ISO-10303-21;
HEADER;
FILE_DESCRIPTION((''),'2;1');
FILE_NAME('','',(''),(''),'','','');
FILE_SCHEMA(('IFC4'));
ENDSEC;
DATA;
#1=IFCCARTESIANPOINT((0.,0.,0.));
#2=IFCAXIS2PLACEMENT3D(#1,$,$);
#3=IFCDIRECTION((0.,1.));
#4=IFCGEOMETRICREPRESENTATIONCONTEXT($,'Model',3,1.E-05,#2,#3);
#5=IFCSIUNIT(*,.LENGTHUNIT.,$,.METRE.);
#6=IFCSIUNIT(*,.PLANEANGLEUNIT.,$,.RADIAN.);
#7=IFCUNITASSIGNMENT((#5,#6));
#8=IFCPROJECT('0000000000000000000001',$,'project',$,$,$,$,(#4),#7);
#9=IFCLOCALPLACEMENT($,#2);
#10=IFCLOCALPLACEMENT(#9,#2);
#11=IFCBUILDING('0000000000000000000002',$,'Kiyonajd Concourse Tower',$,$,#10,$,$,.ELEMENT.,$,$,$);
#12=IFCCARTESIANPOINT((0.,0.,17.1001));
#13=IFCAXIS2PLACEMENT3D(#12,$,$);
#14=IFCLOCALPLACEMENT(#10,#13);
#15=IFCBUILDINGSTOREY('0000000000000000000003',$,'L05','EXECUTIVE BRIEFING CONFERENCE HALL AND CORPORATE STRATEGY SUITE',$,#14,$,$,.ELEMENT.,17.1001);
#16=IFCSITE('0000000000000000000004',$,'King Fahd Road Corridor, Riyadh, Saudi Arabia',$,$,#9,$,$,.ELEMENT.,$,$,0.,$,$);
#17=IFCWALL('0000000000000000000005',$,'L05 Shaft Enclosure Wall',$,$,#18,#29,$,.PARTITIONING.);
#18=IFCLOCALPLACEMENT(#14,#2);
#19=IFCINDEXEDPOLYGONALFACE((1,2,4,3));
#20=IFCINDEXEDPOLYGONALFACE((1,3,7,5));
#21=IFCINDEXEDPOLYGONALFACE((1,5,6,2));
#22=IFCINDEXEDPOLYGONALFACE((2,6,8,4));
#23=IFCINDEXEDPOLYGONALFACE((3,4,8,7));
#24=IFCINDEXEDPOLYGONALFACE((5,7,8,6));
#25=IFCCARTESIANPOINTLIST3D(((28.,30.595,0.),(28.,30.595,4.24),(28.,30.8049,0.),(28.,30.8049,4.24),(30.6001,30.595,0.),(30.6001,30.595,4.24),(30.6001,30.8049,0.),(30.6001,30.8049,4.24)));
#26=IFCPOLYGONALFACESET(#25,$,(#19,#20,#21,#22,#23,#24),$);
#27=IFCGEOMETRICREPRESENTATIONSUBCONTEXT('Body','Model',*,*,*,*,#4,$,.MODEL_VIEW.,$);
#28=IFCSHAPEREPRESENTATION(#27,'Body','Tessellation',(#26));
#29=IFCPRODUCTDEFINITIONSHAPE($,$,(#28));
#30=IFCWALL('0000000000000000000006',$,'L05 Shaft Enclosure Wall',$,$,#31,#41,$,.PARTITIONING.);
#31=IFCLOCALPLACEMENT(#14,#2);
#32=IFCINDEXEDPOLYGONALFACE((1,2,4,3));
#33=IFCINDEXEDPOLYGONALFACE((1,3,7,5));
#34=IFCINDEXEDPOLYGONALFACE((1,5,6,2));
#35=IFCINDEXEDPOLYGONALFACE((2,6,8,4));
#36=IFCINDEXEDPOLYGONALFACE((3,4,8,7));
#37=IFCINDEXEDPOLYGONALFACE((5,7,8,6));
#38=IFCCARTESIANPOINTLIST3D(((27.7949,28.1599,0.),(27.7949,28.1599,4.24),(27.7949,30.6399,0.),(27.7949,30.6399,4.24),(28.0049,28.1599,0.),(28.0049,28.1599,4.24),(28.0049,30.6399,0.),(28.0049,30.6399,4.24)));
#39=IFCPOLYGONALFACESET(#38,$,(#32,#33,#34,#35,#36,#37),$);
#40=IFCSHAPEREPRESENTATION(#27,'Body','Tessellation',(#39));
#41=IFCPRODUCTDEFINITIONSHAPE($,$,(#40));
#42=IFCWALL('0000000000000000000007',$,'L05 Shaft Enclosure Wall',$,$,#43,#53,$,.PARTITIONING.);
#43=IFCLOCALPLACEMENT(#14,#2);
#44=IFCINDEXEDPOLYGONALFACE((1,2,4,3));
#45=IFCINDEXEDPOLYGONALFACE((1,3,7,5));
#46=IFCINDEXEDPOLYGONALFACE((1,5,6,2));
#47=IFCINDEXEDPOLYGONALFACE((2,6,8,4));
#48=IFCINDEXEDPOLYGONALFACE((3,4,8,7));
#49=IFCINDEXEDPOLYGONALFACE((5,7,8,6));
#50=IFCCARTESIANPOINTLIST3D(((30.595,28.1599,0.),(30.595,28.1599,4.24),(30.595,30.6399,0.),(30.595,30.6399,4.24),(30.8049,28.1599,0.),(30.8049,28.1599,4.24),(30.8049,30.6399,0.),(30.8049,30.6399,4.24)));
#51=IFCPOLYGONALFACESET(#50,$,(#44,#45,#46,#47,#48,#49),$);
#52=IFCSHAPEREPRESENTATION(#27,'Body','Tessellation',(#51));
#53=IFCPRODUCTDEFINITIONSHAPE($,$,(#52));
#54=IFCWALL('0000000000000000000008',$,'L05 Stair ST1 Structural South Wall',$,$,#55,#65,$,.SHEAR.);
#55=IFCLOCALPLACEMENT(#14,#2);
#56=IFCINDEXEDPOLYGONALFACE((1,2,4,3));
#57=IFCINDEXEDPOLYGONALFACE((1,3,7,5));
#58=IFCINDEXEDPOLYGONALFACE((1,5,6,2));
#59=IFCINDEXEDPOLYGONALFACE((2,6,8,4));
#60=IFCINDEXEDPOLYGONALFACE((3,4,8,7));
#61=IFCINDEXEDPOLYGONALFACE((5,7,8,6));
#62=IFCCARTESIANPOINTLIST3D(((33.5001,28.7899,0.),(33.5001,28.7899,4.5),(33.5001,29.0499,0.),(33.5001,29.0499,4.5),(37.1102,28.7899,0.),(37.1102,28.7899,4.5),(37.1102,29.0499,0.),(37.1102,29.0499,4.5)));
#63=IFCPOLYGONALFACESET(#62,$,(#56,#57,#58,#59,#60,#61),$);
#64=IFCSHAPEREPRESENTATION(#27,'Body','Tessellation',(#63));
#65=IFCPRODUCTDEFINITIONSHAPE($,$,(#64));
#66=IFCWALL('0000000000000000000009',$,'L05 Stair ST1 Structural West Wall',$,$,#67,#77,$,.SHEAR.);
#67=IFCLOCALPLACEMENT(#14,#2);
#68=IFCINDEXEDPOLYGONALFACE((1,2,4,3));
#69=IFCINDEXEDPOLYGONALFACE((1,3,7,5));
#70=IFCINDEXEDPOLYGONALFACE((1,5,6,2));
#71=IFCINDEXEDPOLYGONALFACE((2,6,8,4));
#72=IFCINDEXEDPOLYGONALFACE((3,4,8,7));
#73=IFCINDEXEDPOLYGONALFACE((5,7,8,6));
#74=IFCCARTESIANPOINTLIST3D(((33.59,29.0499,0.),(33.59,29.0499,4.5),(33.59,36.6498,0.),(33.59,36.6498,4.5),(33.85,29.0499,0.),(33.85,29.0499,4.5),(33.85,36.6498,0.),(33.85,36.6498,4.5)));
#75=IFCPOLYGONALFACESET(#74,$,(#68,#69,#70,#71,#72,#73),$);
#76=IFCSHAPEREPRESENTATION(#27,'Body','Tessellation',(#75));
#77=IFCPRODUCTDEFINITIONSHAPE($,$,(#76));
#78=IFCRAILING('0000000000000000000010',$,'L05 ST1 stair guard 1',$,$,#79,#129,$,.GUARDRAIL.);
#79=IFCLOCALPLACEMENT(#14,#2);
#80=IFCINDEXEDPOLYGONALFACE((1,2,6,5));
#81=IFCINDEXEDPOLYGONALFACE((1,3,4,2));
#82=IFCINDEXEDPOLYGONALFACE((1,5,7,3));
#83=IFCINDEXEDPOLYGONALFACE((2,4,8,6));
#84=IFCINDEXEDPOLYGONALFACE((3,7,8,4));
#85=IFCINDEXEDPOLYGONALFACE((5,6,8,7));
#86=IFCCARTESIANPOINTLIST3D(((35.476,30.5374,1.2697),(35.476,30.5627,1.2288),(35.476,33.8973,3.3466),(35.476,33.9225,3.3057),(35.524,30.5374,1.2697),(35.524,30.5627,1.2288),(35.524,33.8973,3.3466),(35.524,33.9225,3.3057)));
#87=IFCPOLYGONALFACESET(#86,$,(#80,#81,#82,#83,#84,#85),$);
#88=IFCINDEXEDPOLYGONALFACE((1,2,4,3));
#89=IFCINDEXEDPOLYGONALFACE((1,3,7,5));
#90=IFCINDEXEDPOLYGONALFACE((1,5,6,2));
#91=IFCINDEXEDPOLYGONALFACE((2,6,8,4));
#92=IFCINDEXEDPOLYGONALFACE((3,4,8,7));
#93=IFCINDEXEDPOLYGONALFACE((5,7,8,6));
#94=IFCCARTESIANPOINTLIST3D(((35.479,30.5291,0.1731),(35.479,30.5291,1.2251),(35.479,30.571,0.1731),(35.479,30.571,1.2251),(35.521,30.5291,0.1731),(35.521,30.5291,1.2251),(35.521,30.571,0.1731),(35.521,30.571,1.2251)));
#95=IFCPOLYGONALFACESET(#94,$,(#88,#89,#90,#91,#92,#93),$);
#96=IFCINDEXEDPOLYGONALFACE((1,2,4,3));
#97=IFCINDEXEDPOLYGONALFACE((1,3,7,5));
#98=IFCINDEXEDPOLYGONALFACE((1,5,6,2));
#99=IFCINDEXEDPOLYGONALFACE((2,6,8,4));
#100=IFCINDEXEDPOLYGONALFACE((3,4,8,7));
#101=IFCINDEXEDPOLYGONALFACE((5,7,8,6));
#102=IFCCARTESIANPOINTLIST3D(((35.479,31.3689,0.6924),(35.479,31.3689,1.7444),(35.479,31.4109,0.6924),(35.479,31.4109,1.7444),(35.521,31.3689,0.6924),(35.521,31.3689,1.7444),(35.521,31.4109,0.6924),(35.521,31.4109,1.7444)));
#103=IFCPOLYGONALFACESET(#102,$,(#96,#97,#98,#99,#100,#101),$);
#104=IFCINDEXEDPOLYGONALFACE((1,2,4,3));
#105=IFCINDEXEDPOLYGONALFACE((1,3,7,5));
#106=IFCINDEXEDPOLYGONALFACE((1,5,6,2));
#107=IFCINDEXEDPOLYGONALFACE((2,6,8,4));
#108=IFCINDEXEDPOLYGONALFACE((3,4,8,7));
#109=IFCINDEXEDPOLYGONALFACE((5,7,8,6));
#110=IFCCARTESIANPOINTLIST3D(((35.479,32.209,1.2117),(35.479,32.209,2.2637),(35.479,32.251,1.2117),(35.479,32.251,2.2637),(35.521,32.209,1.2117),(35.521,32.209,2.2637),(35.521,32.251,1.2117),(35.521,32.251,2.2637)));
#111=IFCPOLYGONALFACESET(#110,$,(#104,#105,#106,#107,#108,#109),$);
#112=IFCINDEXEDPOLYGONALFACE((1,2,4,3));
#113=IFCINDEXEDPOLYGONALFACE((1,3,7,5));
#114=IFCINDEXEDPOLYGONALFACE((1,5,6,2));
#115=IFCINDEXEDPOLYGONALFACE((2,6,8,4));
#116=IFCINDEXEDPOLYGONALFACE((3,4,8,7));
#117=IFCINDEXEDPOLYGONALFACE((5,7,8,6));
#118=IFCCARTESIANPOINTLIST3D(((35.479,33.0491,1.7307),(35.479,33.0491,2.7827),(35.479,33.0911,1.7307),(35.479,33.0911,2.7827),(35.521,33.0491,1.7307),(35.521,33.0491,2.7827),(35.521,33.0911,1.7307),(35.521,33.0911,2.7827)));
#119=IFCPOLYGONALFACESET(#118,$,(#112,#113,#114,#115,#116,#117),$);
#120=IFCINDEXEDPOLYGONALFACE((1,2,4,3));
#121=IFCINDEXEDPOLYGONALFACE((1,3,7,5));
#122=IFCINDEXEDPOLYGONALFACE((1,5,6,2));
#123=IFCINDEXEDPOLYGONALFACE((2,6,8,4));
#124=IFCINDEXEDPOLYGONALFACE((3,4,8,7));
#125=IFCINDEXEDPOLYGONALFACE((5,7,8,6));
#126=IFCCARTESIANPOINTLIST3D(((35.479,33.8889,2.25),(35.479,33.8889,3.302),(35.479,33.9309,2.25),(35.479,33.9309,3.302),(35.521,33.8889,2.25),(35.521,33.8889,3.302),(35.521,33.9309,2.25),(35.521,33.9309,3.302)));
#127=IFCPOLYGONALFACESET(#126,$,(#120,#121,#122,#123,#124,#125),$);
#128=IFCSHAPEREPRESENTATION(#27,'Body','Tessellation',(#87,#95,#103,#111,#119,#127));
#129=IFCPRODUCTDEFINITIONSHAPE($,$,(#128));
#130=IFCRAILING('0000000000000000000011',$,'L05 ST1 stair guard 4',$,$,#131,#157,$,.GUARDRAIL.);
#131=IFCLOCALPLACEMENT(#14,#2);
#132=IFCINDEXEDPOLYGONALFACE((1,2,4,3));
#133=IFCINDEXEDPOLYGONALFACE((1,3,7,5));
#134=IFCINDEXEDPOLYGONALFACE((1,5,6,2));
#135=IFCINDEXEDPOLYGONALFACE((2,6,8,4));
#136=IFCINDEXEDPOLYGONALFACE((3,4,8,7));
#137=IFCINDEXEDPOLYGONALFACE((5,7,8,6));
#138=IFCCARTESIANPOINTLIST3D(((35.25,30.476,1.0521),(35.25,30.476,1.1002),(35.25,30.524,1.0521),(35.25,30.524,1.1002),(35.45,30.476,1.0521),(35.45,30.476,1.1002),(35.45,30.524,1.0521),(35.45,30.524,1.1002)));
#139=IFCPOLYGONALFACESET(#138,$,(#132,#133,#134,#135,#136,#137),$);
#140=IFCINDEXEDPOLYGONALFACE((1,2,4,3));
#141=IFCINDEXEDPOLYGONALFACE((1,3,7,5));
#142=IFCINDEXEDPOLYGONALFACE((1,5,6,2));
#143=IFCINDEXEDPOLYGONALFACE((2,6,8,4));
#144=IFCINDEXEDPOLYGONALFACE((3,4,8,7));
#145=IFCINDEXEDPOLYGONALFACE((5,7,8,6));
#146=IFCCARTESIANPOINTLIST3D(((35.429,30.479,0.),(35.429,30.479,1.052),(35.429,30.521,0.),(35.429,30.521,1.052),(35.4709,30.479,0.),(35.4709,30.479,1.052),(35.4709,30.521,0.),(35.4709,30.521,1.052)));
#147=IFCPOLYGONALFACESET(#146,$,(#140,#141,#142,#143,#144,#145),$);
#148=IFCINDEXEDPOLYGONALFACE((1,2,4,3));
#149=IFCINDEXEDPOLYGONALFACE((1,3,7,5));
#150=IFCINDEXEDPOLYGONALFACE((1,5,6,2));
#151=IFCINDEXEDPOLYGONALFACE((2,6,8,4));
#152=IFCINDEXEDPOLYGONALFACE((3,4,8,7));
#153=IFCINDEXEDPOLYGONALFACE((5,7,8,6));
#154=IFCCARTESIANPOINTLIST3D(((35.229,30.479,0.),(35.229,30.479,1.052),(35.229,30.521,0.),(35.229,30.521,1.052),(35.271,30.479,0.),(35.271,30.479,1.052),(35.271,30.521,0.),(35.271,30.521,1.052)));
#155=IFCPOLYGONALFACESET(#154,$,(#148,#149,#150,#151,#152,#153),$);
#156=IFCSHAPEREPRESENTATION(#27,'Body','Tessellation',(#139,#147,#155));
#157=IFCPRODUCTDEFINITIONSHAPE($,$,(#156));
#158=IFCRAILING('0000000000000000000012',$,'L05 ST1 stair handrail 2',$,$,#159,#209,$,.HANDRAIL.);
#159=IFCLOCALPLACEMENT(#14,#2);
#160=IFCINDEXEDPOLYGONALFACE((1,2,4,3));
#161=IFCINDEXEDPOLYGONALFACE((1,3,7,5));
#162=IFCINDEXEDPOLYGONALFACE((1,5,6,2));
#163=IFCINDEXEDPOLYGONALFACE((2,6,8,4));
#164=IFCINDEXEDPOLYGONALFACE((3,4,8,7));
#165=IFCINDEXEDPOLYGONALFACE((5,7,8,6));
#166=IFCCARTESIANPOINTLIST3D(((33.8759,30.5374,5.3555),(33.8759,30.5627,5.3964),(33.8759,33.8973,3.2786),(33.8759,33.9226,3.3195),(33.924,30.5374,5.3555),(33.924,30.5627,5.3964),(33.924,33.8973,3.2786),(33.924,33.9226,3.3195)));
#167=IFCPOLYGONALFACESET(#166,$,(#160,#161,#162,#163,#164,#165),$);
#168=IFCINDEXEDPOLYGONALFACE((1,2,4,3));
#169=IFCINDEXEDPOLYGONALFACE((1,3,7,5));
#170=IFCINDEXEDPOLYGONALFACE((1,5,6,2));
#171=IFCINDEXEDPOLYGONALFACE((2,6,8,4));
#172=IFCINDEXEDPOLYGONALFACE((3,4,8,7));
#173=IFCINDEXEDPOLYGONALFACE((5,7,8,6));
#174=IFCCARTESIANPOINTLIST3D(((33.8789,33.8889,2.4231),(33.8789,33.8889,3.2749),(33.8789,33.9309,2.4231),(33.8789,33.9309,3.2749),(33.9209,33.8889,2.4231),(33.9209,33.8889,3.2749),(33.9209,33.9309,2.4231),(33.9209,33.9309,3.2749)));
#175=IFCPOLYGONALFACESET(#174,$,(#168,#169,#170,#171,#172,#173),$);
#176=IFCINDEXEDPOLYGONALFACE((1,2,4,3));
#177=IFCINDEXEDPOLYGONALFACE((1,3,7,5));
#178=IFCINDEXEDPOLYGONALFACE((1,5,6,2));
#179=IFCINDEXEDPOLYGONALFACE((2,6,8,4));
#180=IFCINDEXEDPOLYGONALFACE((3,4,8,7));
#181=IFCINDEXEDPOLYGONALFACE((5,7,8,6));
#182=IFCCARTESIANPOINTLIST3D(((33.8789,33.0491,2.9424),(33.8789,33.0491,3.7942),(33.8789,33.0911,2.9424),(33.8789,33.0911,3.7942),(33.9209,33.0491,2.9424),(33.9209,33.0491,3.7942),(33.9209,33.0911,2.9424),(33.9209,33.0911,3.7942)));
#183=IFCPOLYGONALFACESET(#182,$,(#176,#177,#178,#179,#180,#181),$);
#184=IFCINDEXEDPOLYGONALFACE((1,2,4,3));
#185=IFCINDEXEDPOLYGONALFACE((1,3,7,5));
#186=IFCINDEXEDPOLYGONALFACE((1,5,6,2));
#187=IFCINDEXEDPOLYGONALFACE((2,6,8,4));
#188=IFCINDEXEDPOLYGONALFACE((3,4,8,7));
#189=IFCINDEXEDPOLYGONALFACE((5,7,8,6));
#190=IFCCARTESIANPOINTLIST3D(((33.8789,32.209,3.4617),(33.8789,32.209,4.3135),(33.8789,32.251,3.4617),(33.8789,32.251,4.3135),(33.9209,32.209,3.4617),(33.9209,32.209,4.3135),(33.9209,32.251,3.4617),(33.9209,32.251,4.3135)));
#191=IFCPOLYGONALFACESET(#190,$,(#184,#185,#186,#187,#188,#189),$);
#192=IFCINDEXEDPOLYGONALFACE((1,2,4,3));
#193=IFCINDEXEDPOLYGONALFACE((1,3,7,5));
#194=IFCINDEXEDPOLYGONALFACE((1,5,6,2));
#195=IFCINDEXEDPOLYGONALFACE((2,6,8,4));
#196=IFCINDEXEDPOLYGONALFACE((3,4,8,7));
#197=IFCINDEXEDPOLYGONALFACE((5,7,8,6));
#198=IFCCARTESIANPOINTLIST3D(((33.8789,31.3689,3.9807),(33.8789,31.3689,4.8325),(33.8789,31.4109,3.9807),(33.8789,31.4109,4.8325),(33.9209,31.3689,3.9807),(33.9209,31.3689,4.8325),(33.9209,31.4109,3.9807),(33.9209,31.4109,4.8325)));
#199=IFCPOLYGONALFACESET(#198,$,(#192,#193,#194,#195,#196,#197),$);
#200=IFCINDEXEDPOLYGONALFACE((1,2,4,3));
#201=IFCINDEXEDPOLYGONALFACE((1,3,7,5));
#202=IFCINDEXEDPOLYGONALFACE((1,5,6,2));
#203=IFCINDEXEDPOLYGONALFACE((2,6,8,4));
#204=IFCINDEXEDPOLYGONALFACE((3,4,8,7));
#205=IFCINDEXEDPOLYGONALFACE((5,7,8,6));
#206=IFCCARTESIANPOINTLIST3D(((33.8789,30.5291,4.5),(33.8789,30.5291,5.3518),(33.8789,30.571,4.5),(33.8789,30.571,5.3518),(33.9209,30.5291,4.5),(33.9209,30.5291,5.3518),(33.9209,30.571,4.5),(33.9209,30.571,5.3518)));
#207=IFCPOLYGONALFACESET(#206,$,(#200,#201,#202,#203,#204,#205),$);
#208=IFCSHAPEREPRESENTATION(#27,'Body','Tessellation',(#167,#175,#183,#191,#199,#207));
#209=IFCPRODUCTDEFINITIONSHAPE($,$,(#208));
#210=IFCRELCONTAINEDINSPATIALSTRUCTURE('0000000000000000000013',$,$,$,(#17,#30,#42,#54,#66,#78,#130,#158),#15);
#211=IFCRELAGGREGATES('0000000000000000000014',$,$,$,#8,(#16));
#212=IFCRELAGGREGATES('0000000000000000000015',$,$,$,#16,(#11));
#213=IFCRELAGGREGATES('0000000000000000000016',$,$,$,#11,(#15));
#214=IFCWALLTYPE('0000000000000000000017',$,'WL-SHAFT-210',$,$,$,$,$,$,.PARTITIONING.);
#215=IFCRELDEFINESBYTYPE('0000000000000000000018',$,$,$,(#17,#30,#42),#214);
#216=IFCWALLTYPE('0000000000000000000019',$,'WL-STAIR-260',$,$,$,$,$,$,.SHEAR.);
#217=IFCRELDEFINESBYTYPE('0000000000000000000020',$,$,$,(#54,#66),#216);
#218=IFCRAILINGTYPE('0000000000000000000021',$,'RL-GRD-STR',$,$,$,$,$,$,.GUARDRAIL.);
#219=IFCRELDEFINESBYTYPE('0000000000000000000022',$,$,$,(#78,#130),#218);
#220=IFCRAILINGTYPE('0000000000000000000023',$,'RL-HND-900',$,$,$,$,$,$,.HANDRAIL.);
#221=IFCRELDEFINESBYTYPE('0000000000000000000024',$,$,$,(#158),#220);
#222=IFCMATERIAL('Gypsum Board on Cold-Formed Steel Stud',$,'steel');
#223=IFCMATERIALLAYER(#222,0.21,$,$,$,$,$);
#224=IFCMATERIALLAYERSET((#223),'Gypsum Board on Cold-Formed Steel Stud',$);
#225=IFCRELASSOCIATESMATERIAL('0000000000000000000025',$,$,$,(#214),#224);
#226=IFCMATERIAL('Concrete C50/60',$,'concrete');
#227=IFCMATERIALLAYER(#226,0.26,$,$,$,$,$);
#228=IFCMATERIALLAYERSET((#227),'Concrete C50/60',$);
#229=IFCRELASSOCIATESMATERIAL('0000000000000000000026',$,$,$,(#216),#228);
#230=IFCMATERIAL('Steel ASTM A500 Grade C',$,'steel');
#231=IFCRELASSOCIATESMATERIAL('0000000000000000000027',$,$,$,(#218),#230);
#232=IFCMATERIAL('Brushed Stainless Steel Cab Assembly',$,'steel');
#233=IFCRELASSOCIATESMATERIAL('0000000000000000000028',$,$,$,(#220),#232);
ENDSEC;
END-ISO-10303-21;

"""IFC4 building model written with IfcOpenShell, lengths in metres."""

from ifc_helpers import new_model, si_unit, direction, frame, frame_2d, origin, origin_2d, place, context, subcontext, project, spatial, rectangle, extrude, material, layer, layer_set, type_object, element, save


model = new_model("IFC4")

# Units and contexts
model_context = context("Model", 3, precision=1e-05, world=origin(), true_north=direction((0.0, 1.0)))
body_context = subcontext(model_context, "Body", "Model", "MODEL_VIEW")
ifc_project = project(units=[si_unit("LENGTHUNIT", "METRE"), si_unit("PLANEANGLEUNIT", "RADIAN")], contexts=[model_context])

# Site, building, storey
site_placement = place(None, origin())
site = spatial("IfcSite", under=ifc_project, at=site_placement, Name="King Fahd Road Corridor, Riyadh, Saudi Arabia", CompositionType="ELEMENT", RefElevation=0.0)
building_placement = place(site_placement, origin())
building = spatial("IfcBuilding", under=site, at=building_placement, Name="Kiyonajd Concourse Tower", CompositionType="ELEMENT")
storey_placement = place(building_placement, frame((0.0, 0.0, 17.1001)))
storey = spatial("IfcBuildingStorey", under=building, at=storey_placement, Name="L05", Description="EXECUTIVE BRIEFING CONFERENCE HALL AND CORPORATE STRATEGY SUITE", CompositionType="ELEMENT", Elevation=17.1001)

# Shared definitions
ifc_material_1 = material(Name="Concrete C50/60", Category="concrete")

# Shared definitions
ifc_material_2 = material(Name="Brushed Stainless Steel Cab Assembly", Category="steel")
ifc_material_3 = material(Name="Gypsum Board on Cold-Formed Steel Stud", Category="steel")
ifc_layer_1 = layer(ifc_material_3, 0.21)
ifc_layer_set_1 = layer_set([ifc_layer_1], Name="Gypsum Board on Cold-Formed Steel Stud")
wall_type_1 = type_object("IfcWallType", Name="WL-SHAFT-210", PredefinedType="PARTITIONING", material=ifc_layer_set_1)

# Walls
wall_1_placement = place(storey_placement, frame((28.0, 30.7, 0.0), z_axis=(0.0, 0.0, 1.0), x_axis=(1.0, 0.0, 0.0)))
element("IfcWall", 1, at=wall_1_placement, inside=storey, type_object=wall_type_1, Name="L05 Shaft Enclosure Wall", PredefinedType="PARTITIONING", context=body_context, shape_type="SweptSolid", body=[
    extrude(rectangle(XDim=2.6001, YDim=0.21, at=frame_2d((1.3, 0.0))), origin(), (0.0, 0.0, 1.0), 4.24),
])
for number, where, z_axis, x_axis, name in (
    (2, (27.8999, 28.1599, 0.0), (0.0, 0.0, 1.0), (0.0, 1.0, 0.0), "L05 Shaft Enclosure Wall"),
    (3, (30.7, 28.1599, 0.0), (0.0, 0.0, 1.0), (0.0, 1.0, 0.0), "L05 Shaft Enclosure Wall"),
):
    element("IfcWall", number, at=place(storey_placement, frame(where, z_axis=z_axis, x_axis=x_axis)), inside=storey, type_object=wall_type_1, Name=name, PredefinedType="PARTITIONING", context=body_context, shape_type="SweptSolid", body=[
        extrude(rectangle(XDim=2.48, YDim=0.21, at=frame_2d((1.24, 0.0))), origin(), (0.0, 0.0, 1.0), 4.24),
    ])
ifc_layer_2 = layer(ifc_material_1, 0.26)
ifc_layer_set_2 = layer_set([ifc_layer_2], Name="Concrete C50/60")
wall_type_2 = type_object("IfcWallType", Name="WL-STAIR-260", PredefinedType="SHEAR", material=ifc_layer_set_2)
wall_2_placement = place(storey_placement, frame((33.5, 28.9199, 0.0), z_axis=(0.0, 0.0, 1.0), x_axis=(1.0, 0.0, 0.0)))
element("IfcWall", 4, at=wall_2_placement, inside=storey, type_object=wall_type_2, Name="L05 Stair ST1 Structural South Wall", PredefinedType="SHEAR", context=body_context, shape_type="SweptSolid", body=[
    extrude(rectangle(XDim=3.6101, YDim=0.26, at=frame_2d((1.8052, 0.0))), origin(), (0.0, 0.0, 1.0), 4.5),
])
wall_3_placement = place(storey_placement, frame((33.72, 29.05, 0.0), z_axis=(0.0, 0.0, 1.0), x_axis=(0.0, 1.0, 0.0)))
element("IfcWall", 5, at=wall_3_placement, inside=storey, type_object=wall_type_2, Name="L05 Stair ST1 Structural West Wall", PredefinedType="SHEAR", context=body_context, shape_type="SweptSolid", body=[
    extrude(rectangle(XDim=7.5999, YDim=0.26, at=frame_2d((3.7998, 0.0))), origin(), (0.0, 0.0, 1.0), 4.5),
])

# Railings
ifc_material_4 = material(Name="Steel ASTM A500 Grade C", Category="steel")
railing_type_1 = type_object("IfcRailingType", Name="RL-GRD-STR", PredefinedType="GUARDRAIL", material=ifc_material_4)
railing_1_placement = place(storey_placement, frame((35.5, 30.55, 0.1731)))
element("IfcRailing", 6, at=railing_1_placement, inside=storey, type_object=railing_type_1, Name="L05 ST1 stair guard 1", PredefinedType="GUARDRAIL", context=body_context, shape_type="SweptSolid", body=[
    extrude(rectangle(XDim=0.0481, YDim=0.0481, at=origin_2d()), frame((0.0, 0.0, 1.0762), z_axis=(0.0, 0.850606, 0.525803), x_axis=(-1.0, 0.0, 0.0)), (0.0, 0.0, 1.0), 3.95),
    extrude(rectangle(XDim=0.042, YDim=0.042, at=origin_2d()), origin(), (0.0, 0.0, 1.0), 1.052),
    extrude(rectangle(XDim=0.042, YDim=0.042, at=origin_2d()), frame((0.0, 0.8398, 0.5193)), (0.0, 0.0, 1.0), 1.052),
    extrude(rectangle(XDim=0.042, YDim=0.042, at=origin_2d()), frame((0.0, 1.6799, 1.0386)), (0.0, 0.0, 1.0), 1.052),
    extrude(rectangle(XDim=0.042, YDim=0.042, at=origin_2d()), frame((0.0, 2.52, 1.5576)), (0.0, 0.0, 1.0), 1.052),
    extrude(rectangle(XDim=0.042, YDim=0.042, at=origin_2d()), frame((0.0, 3.3599, 2.0769)), (0.0, 0.0, 1.0), 1.052),
])
railing_2_placement = place(storey_placement, frame((35.45, 30.5, 0.0)))
element("IfcRailing", 7, at=railing_2_placement, inside=storey, type_object=railing_type_1, Name="L05 ST1 stair guard 4", PredefinedType="GUARDRAIL", context=body_context, shape_type="SweptSolid", body=[
    extrude(rectangle(XDim=0.0481, YDim=0.0481, at=origin_2d()), frame((0.0, 0.0, 1.0762), z_axis=(-1.0, 0.0, 0.0), x_axis=(0.0, -1.0, 0.0)), (0.0, 0.0, 1.0), 0.2),
    extrude(rectangle(XDim=0.042, YDim=0.042, at=origin_2d()), origin(), (0.0, 0.0, 1.0), 1.052),
    extrude(rectangle(XDim=0.042, YDim=0.042, at=origin_2d()), frame((-0.2, 0.0, 0.0)), (0.0, 0.0, 1.0), 1.052),
])
railing_type_2 = type_object("IfcRailingType", Name="RL-HND-900", PredefinedType="HANDRAIL", material=ifc_material_2)
railing_3_placement = place(storey_placement, frame((33.8999, 33.9099, 2.4231)))
element("IfcRailing", 8, at=railing_3_placement, inside=storey, type_object=railing_type_2, Name="L05 ST1 stair handrail 2", PredefinedType="HANDRAIL", context=body_context, shape_type="SweptSolid", body=[
    extrude(rectangle(XDim=0.0481, YDim=0.0481, at=origin_2d()), frame((0.0, 0.0, 0.876), z_axis=(0.0, -0.850606, 0.525803), x_axis=(1.0, 0.0, 0.0)), (0.0, 0.0, 1.0), 3.95),
    extrude(rectangle(XDim=0.042, YDim=0.042, at=origin_2d()), origin(), (0.0, 0.0, 1.0), 0.8518),
    extrude(rectangle(XDim=0.042, YDim=0.042, at=origin_2d()), frame((0.0, -0.8398, 0.5193)), (0.0, 0.0, 1.0), 0.8518),
    extrude(rectangle(XDim=0.042, YDim=0.042, at=origin_2d()), frame((0.0, -1.6799, 1.0386)), (0.0, 0.0, 1.0), 0.8518),
    extrude(rectangle(XDim=0.042, YDim=0.042, at=origin_2d()), frame((0.0, -2.52, 1.5576)), (0.0, 0.0, 1.0), 0.8518),
    extrude(rectangle(XDim=0.042, YDim=0.042, at=origin_2d()), frame((0.0, -3.3599, 2.0769)), (0.0, 0.0, 1.0), 0.8518),
])

save(model, "model.ifc")
